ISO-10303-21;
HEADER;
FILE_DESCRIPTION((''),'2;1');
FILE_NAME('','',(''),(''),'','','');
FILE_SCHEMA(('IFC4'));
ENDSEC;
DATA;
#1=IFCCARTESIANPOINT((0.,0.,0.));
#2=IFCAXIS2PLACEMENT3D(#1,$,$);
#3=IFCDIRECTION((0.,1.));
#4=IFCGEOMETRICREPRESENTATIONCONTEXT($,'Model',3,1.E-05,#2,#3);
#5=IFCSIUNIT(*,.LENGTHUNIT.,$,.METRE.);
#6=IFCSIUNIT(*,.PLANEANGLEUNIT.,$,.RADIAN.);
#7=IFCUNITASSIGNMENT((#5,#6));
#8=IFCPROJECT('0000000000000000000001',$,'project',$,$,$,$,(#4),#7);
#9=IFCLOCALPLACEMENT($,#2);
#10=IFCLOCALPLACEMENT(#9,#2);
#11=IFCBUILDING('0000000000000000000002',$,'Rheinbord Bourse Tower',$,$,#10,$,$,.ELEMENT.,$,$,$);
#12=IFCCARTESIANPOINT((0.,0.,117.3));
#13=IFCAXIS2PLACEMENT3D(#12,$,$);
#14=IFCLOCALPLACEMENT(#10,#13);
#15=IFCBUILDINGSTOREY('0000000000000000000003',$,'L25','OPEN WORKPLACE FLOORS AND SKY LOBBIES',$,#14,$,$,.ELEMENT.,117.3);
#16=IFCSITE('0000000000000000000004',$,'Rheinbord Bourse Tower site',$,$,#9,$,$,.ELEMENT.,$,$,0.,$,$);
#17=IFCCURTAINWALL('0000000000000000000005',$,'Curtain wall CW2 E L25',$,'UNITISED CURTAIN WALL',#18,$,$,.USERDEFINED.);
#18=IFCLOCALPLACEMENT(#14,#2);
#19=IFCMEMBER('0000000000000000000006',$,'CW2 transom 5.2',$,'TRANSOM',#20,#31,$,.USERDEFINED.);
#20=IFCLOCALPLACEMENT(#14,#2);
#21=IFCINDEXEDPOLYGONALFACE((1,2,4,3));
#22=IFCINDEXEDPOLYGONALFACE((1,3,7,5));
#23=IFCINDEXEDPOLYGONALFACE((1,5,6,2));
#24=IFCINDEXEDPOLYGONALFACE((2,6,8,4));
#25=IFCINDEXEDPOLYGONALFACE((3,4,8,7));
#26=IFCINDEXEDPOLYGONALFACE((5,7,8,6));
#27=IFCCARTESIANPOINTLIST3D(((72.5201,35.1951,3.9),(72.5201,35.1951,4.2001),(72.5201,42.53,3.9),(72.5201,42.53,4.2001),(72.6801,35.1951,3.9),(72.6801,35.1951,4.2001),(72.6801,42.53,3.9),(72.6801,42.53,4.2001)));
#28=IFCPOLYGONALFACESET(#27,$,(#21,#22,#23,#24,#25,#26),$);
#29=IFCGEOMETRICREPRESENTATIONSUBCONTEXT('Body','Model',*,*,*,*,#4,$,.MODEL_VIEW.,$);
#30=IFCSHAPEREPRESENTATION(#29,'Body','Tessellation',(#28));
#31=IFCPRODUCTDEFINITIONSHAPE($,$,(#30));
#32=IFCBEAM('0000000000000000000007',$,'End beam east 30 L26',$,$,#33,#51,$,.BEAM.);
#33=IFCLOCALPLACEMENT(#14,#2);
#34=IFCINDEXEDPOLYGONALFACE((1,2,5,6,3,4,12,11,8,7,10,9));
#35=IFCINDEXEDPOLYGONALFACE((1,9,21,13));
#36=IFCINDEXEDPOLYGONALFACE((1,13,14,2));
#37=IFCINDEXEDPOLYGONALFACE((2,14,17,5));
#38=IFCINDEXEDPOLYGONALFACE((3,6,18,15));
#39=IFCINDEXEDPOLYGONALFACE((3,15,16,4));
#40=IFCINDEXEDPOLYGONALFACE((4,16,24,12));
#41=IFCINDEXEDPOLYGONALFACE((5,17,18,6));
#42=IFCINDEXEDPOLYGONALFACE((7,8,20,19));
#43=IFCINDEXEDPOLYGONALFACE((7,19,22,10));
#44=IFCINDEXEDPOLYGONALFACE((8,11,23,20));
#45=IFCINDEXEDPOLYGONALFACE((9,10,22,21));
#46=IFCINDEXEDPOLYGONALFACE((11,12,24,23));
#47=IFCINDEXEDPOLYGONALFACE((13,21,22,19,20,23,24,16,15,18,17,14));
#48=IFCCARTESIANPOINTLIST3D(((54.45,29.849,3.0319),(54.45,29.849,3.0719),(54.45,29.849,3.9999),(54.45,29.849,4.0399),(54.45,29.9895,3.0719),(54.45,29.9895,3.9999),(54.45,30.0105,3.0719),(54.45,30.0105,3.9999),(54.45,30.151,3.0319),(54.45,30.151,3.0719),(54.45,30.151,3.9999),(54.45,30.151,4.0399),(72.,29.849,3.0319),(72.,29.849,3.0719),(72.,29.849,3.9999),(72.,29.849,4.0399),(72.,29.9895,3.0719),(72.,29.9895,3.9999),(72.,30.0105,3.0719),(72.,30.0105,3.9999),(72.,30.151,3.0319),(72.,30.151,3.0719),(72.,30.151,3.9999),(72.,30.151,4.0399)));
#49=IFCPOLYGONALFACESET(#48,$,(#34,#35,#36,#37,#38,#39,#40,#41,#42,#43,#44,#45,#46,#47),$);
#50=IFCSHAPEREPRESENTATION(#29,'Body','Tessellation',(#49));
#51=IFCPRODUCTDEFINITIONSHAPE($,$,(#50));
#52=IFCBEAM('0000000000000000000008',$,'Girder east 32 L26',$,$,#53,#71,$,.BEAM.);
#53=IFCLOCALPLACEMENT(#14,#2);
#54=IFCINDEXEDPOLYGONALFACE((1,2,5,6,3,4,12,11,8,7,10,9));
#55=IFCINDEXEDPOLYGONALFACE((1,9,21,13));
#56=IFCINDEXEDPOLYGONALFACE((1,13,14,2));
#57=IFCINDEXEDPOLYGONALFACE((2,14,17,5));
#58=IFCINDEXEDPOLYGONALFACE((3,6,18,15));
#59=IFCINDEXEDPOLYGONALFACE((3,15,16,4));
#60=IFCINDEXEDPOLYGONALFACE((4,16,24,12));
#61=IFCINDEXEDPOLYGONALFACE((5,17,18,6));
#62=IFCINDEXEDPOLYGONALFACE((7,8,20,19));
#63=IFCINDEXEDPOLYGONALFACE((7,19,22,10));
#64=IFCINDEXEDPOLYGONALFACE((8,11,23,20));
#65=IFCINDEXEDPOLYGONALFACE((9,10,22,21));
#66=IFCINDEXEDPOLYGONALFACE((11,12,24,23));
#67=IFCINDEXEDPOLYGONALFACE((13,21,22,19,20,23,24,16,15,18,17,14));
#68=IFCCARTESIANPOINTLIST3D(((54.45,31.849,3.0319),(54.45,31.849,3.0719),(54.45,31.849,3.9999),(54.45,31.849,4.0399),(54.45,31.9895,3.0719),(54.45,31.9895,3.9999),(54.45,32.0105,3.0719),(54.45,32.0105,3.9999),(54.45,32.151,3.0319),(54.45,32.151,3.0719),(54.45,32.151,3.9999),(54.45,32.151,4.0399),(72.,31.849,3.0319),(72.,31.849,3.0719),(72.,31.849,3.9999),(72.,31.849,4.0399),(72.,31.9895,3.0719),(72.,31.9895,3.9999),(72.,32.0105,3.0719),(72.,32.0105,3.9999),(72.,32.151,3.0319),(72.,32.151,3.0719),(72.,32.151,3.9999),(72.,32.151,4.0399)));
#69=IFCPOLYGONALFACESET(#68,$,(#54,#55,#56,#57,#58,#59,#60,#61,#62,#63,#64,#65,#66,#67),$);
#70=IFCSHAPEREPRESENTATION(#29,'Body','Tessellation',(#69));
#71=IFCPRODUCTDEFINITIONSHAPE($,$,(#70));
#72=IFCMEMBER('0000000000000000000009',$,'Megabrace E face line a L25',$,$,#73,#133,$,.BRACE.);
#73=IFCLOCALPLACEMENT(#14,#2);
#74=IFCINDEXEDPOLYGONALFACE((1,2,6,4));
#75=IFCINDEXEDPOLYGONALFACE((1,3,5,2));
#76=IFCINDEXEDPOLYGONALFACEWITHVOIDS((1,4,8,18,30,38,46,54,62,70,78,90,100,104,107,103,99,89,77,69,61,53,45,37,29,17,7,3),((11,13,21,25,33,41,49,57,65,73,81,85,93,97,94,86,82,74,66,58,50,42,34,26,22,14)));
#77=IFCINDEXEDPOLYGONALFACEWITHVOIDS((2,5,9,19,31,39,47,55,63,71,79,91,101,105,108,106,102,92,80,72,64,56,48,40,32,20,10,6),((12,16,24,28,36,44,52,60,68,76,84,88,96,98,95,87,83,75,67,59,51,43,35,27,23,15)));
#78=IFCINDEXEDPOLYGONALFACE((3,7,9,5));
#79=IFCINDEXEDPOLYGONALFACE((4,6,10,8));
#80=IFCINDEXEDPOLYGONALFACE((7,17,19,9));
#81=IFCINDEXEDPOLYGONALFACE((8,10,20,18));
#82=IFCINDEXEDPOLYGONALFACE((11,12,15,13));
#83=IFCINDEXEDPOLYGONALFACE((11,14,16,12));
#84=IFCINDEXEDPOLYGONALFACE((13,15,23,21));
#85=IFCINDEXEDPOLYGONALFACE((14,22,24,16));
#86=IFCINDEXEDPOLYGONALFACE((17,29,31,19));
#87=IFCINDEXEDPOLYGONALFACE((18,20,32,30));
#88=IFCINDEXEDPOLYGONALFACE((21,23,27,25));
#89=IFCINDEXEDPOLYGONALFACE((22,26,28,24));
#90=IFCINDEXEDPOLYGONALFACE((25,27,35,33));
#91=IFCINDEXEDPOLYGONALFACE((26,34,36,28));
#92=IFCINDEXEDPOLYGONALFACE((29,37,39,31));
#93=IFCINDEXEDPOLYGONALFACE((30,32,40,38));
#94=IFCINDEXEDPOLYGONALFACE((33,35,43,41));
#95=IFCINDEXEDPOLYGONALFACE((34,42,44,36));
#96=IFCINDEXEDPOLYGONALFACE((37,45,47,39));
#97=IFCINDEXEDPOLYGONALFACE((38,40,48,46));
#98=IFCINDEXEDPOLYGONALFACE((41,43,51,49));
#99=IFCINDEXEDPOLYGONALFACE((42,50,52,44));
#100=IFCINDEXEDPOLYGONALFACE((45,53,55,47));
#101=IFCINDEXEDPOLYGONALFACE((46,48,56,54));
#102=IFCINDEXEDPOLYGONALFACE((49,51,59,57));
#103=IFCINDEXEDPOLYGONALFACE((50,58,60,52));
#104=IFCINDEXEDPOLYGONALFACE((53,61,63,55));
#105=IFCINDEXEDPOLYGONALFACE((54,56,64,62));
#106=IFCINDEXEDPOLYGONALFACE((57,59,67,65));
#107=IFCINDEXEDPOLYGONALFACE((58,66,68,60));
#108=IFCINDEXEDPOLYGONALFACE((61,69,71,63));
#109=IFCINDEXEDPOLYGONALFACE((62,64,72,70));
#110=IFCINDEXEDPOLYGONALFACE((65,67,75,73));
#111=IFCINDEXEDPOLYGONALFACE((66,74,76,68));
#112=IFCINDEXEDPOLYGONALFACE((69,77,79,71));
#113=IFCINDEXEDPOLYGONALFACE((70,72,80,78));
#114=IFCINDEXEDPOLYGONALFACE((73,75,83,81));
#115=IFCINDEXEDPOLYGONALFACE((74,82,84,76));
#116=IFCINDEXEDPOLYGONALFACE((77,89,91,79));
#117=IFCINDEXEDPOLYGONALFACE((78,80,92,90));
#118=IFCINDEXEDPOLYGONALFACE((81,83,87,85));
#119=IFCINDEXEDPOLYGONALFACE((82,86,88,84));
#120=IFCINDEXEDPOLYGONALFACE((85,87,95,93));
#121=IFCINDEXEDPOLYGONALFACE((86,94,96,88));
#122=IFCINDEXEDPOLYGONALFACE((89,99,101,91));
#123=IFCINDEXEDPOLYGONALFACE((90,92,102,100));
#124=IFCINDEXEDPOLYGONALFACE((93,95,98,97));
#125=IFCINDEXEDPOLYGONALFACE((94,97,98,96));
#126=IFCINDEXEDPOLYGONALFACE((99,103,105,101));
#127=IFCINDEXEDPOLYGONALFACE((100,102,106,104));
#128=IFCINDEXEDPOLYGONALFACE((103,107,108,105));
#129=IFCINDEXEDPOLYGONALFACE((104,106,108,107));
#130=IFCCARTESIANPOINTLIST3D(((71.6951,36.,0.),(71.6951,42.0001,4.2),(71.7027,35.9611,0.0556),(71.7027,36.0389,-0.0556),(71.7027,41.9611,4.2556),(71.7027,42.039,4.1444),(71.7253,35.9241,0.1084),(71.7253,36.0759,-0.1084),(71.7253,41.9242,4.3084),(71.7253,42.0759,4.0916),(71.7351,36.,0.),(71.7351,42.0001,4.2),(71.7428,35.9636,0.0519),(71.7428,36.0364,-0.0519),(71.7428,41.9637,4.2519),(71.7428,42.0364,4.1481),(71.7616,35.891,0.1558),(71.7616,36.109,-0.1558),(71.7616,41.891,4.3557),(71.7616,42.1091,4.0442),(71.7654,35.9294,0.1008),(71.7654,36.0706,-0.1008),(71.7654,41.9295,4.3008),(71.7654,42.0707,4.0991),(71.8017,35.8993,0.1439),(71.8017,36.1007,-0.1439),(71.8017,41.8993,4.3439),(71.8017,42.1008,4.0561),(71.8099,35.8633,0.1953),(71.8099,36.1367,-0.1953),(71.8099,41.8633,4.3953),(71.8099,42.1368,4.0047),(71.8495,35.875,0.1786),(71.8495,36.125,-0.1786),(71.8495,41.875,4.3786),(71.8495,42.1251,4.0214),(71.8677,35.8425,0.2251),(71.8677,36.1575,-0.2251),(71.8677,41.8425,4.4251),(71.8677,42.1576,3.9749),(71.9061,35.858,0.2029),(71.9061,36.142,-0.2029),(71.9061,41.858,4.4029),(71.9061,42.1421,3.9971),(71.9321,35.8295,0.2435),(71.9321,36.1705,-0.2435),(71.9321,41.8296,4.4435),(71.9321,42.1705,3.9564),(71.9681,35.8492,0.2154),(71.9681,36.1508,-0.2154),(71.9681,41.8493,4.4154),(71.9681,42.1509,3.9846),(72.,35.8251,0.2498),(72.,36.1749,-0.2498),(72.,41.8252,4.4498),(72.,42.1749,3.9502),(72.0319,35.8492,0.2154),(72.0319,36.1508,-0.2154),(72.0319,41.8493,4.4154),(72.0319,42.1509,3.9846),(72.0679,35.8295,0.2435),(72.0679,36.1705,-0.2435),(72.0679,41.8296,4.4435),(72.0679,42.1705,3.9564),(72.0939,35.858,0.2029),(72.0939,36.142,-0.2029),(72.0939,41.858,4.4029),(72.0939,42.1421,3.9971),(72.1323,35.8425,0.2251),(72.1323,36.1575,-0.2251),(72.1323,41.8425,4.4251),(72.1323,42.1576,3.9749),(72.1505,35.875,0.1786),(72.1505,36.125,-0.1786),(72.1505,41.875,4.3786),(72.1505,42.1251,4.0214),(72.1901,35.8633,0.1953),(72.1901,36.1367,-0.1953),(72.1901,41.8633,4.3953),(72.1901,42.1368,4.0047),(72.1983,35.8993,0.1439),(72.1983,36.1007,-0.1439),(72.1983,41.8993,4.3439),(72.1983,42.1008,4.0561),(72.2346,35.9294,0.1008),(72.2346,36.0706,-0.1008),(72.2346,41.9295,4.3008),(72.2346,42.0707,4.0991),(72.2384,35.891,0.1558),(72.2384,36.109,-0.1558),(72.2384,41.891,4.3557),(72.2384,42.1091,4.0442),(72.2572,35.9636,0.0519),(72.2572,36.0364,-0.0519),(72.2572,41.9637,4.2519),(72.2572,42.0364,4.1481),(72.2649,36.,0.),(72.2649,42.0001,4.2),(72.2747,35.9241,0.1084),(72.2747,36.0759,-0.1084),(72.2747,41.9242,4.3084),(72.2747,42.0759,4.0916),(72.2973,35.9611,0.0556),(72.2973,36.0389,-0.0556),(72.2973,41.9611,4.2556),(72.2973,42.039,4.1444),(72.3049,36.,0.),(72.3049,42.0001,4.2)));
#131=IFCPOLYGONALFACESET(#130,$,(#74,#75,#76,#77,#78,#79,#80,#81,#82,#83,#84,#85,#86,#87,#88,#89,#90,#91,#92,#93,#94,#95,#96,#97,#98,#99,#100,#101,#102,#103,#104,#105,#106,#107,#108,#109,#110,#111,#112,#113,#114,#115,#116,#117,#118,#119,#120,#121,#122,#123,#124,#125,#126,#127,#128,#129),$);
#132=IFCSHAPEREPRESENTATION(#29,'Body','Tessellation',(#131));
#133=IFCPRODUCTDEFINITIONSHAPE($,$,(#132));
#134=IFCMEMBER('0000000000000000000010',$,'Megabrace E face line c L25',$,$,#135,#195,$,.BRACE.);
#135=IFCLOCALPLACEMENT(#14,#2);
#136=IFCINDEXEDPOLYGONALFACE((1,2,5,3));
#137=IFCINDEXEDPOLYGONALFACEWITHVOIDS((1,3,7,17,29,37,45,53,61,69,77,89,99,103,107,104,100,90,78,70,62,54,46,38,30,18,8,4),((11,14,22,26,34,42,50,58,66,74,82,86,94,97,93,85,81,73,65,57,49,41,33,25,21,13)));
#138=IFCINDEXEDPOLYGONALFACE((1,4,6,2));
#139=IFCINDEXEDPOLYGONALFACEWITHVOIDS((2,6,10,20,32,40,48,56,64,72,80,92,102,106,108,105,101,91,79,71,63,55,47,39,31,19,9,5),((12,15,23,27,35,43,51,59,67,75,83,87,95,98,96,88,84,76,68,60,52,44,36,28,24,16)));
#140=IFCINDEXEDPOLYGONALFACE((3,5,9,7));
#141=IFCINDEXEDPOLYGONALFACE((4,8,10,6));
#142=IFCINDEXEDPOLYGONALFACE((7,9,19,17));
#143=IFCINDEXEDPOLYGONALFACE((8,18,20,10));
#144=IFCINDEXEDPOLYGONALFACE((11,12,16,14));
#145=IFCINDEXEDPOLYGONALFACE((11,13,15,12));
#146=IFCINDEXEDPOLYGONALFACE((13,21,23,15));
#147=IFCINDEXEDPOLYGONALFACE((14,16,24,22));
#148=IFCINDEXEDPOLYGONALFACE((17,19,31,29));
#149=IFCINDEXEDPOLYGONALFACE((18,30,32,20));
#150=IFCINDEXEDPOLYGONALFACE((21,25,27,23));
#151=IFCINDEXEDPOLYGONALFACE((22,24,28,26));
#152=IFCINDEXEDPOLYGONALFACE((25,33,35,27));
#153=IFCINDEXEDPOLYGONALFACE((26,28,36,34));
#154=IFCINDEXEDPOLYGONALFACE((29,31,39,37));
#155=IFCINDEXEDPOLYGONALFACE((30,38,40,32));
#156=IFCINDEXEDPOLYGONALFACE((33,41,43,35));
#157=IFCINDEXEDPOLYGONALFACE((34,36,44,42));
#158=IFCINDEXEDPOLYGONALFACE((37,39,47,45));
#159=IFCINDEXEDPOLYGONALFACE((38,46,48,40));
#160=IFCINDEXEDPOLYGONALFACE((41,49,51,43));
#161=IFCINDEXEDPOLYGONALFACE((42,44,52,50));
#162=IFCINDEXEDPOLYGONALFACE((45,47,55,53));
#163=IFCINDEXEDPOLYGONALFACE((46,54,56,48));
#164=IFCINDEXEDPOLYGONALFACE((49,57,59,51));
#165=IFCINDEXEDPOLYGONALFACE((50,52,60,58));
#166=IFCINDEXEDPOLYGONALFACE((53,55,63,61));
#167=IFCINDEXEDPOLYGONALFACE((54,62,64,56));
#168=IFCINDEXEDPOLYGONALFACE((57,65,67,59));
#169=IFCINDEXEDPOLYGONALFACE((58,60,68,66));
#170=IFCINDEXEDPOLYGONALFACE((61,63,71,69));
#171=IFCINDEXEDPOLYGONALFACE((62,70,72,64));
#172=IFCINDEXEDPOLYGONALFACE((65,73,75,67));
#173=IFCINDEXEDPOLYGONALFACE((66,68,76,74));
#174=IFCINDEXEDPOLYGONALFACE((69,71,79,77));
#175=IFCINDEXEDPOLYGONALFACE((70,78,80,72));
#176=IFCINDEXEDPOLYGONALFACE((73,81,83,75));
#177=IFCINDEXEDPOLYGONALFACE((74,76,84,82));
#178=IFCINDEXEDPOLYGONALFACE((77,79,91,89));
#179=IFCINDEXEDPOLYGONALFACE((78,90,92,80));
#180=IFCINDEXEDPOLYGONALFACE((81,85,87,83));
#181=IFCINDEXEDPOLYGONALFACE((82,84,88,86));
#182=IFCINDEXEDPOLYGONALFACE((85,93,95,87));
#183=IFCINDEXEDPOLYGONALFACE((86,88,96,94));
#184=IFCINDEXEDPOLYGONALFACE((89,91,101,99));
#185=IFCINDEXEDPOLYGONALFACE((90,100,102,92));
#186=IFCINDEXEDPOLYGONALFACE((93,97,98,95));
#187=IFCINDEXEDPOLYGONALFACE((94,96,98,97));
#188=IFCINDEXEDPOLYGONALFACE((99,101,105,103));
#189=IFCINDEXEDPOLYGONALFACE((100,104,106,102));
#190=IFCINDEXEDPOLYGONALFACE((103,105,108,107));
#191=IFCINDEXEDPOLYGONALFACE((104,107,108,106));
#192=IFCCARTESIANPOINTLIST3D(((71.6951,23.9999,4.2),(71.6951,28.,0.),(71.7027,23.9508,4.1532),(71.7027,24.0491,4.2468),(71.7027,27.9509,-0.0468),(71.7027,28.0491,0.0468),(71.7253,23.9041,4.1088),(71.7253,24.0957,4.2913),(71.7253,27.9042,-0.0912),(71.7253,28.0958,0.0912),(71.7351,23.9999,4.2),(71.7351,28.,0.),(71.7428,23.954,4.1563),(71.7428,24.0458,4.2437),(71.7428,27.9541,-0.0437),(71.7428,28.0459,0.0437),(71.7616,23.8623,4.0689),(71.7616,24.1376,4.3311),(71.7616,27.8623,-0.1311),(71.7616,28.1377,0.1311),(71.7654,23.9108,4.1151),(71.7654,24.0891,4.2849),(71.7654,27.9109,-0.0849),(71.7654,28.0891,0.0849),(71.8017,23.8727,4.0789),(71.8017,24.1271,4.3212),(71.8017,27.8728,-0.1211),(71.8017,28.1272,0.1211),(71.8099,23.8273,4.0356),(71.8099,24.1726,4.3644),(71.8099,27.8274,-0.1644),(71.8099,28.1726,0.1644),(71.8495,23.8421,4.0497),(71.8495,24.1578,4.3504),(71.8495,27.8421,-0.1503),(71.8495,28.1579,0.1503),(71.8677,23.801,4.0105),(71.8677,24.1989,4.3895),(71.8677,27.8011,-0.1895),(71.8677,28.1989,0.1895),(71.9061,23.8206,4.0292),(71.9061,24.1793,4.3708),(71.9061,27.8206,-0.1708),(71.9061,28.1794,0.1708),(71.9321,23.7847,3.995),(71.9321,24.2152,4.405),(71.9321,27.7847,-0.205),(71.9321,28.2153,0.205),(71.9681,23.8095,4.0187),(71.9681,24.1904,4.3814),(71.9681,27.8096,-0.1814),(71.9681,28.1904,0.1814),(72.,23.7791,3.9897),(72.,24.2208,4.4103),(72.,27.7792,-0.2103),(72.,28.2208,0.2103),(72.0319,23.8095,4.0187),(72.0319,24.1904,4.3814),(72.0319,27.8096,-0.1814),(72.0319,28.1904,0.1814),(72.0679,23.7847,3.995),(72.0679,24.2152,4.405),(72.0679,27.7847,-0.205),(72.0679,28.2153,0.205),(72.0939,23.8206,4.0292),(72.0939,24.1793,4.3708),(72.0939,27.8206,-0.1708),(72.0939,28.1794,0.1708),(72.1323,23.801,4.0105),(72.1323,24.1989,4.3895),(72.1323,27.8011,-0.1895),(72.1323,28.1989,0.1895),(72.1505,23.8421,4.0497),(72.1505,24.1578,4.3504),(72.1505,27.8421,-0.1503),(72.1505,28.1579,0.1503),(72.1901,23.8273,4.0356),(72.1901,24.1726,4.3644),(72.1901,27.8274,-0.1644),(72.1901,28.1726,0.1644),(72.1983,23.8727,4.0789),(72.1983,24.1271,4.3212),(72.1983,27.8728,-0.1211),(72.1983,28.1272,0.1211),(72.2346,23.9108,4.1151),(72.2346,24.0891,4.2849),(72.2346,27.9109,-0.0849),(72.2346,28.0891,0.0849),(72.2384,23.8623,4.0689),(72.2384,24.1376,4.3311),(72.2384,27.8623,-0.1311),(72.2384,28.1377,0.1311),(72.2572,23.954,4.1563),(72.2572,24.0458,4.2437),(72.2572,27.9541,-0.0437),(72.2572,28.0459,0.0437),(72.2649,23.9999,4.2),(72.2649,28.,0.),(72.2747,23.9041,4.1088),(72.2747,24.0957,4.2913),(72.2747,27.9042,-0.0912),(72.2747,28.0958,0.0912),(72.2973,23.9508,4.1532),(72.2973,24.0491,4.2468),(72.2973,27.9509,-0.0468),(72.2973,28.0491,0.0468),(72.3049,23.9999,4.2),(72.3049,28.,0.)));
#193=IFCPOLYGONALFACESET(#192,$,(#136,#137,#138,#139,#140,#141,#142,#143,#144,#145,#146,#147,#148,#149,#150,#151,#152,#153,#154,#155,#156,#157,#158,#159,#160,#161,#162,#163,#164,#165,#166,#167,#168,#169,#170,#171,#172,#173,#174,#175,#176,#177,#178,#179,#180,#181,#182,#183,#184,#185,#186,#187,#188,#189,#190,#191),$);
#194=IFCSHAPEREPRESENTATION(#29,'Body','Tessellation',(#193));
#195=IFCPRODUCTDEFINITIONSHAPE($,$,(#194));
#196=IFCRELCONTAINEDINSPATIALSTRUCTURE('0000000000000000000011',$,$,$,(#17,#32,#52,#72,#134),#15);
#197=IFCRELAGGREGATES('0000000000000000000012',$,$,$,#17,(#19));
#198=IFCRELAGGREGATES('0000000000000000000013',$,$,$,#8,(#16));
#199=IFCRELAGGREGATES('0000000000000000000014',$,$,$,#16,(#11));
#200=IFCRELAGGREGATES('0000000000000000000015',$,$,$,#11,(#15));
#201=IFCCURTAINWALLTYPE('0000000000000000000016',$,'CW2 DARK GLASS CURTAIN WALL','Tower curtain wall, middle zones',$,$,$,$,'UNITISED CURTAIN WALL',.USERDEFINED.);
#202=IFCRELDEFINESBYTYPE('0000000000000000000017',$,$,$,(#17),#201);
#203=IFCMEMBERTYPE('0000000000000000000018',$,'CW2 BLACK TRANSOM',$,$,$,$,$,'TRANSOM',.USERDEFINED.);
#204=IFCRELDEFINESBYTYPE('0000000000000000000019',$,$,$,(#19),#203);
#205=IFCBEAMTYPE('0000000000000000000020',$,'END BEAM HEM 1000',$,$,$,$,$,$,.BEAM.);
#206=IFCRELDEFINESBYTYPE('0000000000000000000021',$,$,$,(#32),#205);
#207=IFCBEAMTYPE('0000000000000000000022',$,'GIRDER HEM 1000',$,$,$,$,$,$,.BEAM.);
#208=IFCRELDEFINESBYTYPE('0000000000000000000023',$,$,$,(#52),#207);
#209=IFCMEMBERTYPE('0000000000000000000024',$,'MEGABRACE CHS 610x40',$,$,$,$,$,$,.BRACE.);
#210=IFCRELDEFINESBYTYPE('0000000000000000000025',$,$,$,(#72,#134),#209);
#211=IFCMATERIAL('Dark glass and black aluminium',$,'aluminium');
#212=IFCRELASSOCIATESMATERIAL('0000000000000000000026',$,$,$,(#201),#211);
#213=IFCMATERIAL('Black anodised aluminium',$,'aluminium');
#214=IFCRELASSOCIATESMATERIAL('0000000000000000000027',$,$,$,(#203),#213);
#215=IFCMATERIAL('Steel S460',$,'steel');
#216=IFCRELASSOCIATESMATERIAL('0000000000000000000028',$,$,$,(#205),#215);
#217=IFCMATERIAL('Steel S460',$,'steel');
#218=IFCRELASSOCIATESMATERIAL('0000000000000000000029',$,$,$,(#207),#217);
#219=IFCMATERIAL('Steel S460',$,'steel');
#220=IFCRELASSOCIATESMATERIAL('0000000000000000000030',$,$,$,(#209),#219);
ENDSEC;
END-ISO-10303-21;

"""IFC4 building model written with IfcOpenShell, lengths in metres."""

from ifc_helpers import new_model, si_unit, direction, frame, origin, origin_2d, place, context, subcontext, project, spatial, rectangle, hollow_circle, i_section, extrude, material, material_profile, profile_set, type_object, element, aggregate, save


model = new_model("IFC4")

# Units and contexts
model_context = context("Model", 3, precision=1e-05, world=origin(), true_north=direction((0.0, 1.0)))
body_context = subcontext(model_context, "Body", "Model", "MODEL_VIEW")
ifc_project = project(units=[si_unit("LENGTHUNIT", "METRE"), si_unit("PLANEANGLEUNIT", "RADIAN")], contexts=[model_context])

# Site, building, storey
site_placement = place(None, origin())
site = spatial("IfcSite", under=ifc_project, at=site_placement, Name="Rheinbord Bourse Tower site", CompositionType="ELEMENT", RefElevation=0.0)
building_placement = place(site_placement, origin())
building = spatial("IfcBuilding", under=site, at=building_placement, Name="Rheinbord Bourse Tower", CompositionType="ELEMENT")
storey_placement = place(building_placement, frame((0.0, 0.0, 117.3)))
storey = spatial("IfcBuildingStorey", under=building, at=storey_placement, Name="L25", Description="OPEN WORKPLACE FLOORS AND SKY LOBBIES", CompositionType="ELEMENT", Elevation=117.3)

# Curtain wall, member
ifc_material_1 = material(Name="Dark glass and black aluminium", Category="aluminium")
curtain_wall_type = type_object("IfcCurtainWallType", Name="CW2 DARK GLASS CURTAIN WALL", Description="Tower curtain wall, middle zones", ElementType="UNITISED CURTAIN WALL", PredefinedType="USERDEFINED", material=ifc_material_1)
curtain_wall_placement = place(storey_placement, origin())
curtain_wall = element("IfcCurtainWall", 1, at=curtain_wall_placement, inside=storey, type_object=curtain_wall_type, Name="Curtain wall CW2 E L25", ObjectType="UNITISED CURTAIN WALL", PredefinedType="USERDEFINED")
ifc_material_2 = material(Name="Black anodised aluminium", Category="aluminium")
ifc_material_profile_1 = material_profile(ifc_material_2, rectangle(XDim=0.1599, YDim=0.3, at=origin_2d()), Name="CW2 TRANSOM 300x160")
ifc_profile_set_1 = profile_set([ifc_material_profile_1], Name="Black anodised aluminium")
member_type_1 = type_object("IfcMemberType", Name="CW2 BLACK TRANSOM", ElementType="TRANSOM", PredefinedType="USERDEFINED", material=ifc_profile_set_1)
member_1_placement = place(storey_placement, frame((72.6001, 35.1951, 4.05), z_axis=(0.0, 1.0, 0.0), x_axis=(-1.0, 0.0, 0.0)))
member_1 = element("IfcMember", 2, at=member_1_placement, type_object=member_type_1, Name="CW2 transom 5.2", ObjectType="TRANSOM", PredefinedType="USERDEFINED", context=body_context, shape_type="SweptSolid", body=[
    extrude(rectangle(XDim=0.1599, YDim=0.3, at=origin_2d()), origin(), (0.0, 0.0, 1.0), 7.335),
])

# Beams
ifc_material_3 = material(Name="Steel S460", Category="steel")
ifc_material_profile_2 = material_profile(ifc_material_3, i_section(OverallWidth=0.302, OverallDepth=1.0081, WebThickness=0.021, FlangeThickness=0.04, at=origin_2d()), Name="HEM 1000")
ifc_profile_set_2 = profile_set([ifc_material_profile_2], Name="Steel S460")
beam_type_1 = type_object("IfcBeamType", Name="END BEAM HEM 1000", PredefinedType="BEAM", material=ifc_profile_set_2)
beam_1_placement = place(storey_placement, frame((54.45, 30.0, 3.5359), z_axis=(1.0, 0.0, 0.0), x_axis=(0.0, 1.0, 0.0)))
element("IfcBeam", 3, at=beam_1_placement, inside=storey, type_object=beam_type_1, Name="End beam east 30 L26", PredefinedType="BEAM", context=body_context, shape_type="SweptSolid", body=[
    extrude(i_section(OverallWidth=0.302, OverallDepth=1.0081, WebThickness=0.021, FlangeThickness=0.04, at=origin_2d()), origin(), (0.0, 0.0, 1.0), 17.55),
])
ifc_material_4 = material(Name="Steel S460", Category="steel")
ifc_material_profile_3 = material_profile(ifc_material_4, i_section(OverallWidth=0.302, OverallDepth=1.0081, WebThickness=0.021, FlangeThickness=0.04, at=origin_2d()), Name="HEM 1000")
ifc_profile_set_3 = profile_set([ifc_material_profile_3], Name="Steel S460")
beam_type_2 = type_object("IfcBeamType", Name="GIRDER HEM 1000", PredefinedType="BEAM", material=ifc_profile_set_3)
beam_2_placement = place(storey_placement, frame((54.45, 32.0, 3.5359), z_axis=(1.0, 0.0, 0.0), x_axis=(0.0, 1.0, 0.0)))
element("IfcBeam", 4, at=beam_2_placement, inside=storey, type_object=beam_type_2, Name="Girder east 32 L26", PredefinedType="BEAM", context=body_context, shape_type="SweptSolid", body=[
    extrude(i_section(OverallWidth=0.302, OverallDepth=1.0081, WebThickness=0.021, FlangeThickness=0.04, at=origin_2d()), origin(), (0.0, 0.0, 1.0), 17.55),
])

# Members
ifc_material_5 = material(Name="Steel S460", Category="steel")
ifc_material_profile_4 = material_profile(ifc_material_5, hollow_circle(Radius=0.3049, WallThickness=0.04, at=origin_2d()), Name="CHS 610x40")
ifc_profile_set_4 = profile_set([ifc_material_profile_4], Name="Steel S460")
member_type_2 = type_object("IfcMemberType", Name="MEGABRACE CHS 610x40", PredefinedType="BRACE", material=ifc_profile_set_4)
member_2_placement = place(storey_placement, frame((72.0, 36.0, 0.0), z_axis=(0.0, 0.819235, 0.573458), x_axis=(-1.0, 0.0, 0.0)))
element("IfcMember", 5, at=member_2_placement, inside=storey, type_object=member_type_2, Name="Megabrace E face line a L25", PredefinedType="BRACE", context=body_context, shape_type="SweptSolid", body=[
    extrude(hollow_circle(Radius=0.3049, WallThickness=0.04, at=origin_2d()), origin(), (0.0, 0.0, 1.0), 7.324),
])
member_3_placement = place(storey_placement, frame((72.0, 28.0, 0.0), z_axis=(0.0, -0.689659, 0.724134), x_axis=(1.0, 0.0, 0.0)))
element("IfcMember", 6, at=member_3_placement, inside=storey, type_object=member_type_2, Name="Megabrace E face line c L25", PredefinedType="BRACE", context=body_context, shape_type="SweptSolid", body=[
    extrude(hollow_circle(Radius=0.3049, WallThickness=0.04, at=origin_2d()), origin(), (0.0, 0.0, 1.0), 5.8),
])

aggregate(curtain_wall, [member_1])

save(model, "model.ifc")
